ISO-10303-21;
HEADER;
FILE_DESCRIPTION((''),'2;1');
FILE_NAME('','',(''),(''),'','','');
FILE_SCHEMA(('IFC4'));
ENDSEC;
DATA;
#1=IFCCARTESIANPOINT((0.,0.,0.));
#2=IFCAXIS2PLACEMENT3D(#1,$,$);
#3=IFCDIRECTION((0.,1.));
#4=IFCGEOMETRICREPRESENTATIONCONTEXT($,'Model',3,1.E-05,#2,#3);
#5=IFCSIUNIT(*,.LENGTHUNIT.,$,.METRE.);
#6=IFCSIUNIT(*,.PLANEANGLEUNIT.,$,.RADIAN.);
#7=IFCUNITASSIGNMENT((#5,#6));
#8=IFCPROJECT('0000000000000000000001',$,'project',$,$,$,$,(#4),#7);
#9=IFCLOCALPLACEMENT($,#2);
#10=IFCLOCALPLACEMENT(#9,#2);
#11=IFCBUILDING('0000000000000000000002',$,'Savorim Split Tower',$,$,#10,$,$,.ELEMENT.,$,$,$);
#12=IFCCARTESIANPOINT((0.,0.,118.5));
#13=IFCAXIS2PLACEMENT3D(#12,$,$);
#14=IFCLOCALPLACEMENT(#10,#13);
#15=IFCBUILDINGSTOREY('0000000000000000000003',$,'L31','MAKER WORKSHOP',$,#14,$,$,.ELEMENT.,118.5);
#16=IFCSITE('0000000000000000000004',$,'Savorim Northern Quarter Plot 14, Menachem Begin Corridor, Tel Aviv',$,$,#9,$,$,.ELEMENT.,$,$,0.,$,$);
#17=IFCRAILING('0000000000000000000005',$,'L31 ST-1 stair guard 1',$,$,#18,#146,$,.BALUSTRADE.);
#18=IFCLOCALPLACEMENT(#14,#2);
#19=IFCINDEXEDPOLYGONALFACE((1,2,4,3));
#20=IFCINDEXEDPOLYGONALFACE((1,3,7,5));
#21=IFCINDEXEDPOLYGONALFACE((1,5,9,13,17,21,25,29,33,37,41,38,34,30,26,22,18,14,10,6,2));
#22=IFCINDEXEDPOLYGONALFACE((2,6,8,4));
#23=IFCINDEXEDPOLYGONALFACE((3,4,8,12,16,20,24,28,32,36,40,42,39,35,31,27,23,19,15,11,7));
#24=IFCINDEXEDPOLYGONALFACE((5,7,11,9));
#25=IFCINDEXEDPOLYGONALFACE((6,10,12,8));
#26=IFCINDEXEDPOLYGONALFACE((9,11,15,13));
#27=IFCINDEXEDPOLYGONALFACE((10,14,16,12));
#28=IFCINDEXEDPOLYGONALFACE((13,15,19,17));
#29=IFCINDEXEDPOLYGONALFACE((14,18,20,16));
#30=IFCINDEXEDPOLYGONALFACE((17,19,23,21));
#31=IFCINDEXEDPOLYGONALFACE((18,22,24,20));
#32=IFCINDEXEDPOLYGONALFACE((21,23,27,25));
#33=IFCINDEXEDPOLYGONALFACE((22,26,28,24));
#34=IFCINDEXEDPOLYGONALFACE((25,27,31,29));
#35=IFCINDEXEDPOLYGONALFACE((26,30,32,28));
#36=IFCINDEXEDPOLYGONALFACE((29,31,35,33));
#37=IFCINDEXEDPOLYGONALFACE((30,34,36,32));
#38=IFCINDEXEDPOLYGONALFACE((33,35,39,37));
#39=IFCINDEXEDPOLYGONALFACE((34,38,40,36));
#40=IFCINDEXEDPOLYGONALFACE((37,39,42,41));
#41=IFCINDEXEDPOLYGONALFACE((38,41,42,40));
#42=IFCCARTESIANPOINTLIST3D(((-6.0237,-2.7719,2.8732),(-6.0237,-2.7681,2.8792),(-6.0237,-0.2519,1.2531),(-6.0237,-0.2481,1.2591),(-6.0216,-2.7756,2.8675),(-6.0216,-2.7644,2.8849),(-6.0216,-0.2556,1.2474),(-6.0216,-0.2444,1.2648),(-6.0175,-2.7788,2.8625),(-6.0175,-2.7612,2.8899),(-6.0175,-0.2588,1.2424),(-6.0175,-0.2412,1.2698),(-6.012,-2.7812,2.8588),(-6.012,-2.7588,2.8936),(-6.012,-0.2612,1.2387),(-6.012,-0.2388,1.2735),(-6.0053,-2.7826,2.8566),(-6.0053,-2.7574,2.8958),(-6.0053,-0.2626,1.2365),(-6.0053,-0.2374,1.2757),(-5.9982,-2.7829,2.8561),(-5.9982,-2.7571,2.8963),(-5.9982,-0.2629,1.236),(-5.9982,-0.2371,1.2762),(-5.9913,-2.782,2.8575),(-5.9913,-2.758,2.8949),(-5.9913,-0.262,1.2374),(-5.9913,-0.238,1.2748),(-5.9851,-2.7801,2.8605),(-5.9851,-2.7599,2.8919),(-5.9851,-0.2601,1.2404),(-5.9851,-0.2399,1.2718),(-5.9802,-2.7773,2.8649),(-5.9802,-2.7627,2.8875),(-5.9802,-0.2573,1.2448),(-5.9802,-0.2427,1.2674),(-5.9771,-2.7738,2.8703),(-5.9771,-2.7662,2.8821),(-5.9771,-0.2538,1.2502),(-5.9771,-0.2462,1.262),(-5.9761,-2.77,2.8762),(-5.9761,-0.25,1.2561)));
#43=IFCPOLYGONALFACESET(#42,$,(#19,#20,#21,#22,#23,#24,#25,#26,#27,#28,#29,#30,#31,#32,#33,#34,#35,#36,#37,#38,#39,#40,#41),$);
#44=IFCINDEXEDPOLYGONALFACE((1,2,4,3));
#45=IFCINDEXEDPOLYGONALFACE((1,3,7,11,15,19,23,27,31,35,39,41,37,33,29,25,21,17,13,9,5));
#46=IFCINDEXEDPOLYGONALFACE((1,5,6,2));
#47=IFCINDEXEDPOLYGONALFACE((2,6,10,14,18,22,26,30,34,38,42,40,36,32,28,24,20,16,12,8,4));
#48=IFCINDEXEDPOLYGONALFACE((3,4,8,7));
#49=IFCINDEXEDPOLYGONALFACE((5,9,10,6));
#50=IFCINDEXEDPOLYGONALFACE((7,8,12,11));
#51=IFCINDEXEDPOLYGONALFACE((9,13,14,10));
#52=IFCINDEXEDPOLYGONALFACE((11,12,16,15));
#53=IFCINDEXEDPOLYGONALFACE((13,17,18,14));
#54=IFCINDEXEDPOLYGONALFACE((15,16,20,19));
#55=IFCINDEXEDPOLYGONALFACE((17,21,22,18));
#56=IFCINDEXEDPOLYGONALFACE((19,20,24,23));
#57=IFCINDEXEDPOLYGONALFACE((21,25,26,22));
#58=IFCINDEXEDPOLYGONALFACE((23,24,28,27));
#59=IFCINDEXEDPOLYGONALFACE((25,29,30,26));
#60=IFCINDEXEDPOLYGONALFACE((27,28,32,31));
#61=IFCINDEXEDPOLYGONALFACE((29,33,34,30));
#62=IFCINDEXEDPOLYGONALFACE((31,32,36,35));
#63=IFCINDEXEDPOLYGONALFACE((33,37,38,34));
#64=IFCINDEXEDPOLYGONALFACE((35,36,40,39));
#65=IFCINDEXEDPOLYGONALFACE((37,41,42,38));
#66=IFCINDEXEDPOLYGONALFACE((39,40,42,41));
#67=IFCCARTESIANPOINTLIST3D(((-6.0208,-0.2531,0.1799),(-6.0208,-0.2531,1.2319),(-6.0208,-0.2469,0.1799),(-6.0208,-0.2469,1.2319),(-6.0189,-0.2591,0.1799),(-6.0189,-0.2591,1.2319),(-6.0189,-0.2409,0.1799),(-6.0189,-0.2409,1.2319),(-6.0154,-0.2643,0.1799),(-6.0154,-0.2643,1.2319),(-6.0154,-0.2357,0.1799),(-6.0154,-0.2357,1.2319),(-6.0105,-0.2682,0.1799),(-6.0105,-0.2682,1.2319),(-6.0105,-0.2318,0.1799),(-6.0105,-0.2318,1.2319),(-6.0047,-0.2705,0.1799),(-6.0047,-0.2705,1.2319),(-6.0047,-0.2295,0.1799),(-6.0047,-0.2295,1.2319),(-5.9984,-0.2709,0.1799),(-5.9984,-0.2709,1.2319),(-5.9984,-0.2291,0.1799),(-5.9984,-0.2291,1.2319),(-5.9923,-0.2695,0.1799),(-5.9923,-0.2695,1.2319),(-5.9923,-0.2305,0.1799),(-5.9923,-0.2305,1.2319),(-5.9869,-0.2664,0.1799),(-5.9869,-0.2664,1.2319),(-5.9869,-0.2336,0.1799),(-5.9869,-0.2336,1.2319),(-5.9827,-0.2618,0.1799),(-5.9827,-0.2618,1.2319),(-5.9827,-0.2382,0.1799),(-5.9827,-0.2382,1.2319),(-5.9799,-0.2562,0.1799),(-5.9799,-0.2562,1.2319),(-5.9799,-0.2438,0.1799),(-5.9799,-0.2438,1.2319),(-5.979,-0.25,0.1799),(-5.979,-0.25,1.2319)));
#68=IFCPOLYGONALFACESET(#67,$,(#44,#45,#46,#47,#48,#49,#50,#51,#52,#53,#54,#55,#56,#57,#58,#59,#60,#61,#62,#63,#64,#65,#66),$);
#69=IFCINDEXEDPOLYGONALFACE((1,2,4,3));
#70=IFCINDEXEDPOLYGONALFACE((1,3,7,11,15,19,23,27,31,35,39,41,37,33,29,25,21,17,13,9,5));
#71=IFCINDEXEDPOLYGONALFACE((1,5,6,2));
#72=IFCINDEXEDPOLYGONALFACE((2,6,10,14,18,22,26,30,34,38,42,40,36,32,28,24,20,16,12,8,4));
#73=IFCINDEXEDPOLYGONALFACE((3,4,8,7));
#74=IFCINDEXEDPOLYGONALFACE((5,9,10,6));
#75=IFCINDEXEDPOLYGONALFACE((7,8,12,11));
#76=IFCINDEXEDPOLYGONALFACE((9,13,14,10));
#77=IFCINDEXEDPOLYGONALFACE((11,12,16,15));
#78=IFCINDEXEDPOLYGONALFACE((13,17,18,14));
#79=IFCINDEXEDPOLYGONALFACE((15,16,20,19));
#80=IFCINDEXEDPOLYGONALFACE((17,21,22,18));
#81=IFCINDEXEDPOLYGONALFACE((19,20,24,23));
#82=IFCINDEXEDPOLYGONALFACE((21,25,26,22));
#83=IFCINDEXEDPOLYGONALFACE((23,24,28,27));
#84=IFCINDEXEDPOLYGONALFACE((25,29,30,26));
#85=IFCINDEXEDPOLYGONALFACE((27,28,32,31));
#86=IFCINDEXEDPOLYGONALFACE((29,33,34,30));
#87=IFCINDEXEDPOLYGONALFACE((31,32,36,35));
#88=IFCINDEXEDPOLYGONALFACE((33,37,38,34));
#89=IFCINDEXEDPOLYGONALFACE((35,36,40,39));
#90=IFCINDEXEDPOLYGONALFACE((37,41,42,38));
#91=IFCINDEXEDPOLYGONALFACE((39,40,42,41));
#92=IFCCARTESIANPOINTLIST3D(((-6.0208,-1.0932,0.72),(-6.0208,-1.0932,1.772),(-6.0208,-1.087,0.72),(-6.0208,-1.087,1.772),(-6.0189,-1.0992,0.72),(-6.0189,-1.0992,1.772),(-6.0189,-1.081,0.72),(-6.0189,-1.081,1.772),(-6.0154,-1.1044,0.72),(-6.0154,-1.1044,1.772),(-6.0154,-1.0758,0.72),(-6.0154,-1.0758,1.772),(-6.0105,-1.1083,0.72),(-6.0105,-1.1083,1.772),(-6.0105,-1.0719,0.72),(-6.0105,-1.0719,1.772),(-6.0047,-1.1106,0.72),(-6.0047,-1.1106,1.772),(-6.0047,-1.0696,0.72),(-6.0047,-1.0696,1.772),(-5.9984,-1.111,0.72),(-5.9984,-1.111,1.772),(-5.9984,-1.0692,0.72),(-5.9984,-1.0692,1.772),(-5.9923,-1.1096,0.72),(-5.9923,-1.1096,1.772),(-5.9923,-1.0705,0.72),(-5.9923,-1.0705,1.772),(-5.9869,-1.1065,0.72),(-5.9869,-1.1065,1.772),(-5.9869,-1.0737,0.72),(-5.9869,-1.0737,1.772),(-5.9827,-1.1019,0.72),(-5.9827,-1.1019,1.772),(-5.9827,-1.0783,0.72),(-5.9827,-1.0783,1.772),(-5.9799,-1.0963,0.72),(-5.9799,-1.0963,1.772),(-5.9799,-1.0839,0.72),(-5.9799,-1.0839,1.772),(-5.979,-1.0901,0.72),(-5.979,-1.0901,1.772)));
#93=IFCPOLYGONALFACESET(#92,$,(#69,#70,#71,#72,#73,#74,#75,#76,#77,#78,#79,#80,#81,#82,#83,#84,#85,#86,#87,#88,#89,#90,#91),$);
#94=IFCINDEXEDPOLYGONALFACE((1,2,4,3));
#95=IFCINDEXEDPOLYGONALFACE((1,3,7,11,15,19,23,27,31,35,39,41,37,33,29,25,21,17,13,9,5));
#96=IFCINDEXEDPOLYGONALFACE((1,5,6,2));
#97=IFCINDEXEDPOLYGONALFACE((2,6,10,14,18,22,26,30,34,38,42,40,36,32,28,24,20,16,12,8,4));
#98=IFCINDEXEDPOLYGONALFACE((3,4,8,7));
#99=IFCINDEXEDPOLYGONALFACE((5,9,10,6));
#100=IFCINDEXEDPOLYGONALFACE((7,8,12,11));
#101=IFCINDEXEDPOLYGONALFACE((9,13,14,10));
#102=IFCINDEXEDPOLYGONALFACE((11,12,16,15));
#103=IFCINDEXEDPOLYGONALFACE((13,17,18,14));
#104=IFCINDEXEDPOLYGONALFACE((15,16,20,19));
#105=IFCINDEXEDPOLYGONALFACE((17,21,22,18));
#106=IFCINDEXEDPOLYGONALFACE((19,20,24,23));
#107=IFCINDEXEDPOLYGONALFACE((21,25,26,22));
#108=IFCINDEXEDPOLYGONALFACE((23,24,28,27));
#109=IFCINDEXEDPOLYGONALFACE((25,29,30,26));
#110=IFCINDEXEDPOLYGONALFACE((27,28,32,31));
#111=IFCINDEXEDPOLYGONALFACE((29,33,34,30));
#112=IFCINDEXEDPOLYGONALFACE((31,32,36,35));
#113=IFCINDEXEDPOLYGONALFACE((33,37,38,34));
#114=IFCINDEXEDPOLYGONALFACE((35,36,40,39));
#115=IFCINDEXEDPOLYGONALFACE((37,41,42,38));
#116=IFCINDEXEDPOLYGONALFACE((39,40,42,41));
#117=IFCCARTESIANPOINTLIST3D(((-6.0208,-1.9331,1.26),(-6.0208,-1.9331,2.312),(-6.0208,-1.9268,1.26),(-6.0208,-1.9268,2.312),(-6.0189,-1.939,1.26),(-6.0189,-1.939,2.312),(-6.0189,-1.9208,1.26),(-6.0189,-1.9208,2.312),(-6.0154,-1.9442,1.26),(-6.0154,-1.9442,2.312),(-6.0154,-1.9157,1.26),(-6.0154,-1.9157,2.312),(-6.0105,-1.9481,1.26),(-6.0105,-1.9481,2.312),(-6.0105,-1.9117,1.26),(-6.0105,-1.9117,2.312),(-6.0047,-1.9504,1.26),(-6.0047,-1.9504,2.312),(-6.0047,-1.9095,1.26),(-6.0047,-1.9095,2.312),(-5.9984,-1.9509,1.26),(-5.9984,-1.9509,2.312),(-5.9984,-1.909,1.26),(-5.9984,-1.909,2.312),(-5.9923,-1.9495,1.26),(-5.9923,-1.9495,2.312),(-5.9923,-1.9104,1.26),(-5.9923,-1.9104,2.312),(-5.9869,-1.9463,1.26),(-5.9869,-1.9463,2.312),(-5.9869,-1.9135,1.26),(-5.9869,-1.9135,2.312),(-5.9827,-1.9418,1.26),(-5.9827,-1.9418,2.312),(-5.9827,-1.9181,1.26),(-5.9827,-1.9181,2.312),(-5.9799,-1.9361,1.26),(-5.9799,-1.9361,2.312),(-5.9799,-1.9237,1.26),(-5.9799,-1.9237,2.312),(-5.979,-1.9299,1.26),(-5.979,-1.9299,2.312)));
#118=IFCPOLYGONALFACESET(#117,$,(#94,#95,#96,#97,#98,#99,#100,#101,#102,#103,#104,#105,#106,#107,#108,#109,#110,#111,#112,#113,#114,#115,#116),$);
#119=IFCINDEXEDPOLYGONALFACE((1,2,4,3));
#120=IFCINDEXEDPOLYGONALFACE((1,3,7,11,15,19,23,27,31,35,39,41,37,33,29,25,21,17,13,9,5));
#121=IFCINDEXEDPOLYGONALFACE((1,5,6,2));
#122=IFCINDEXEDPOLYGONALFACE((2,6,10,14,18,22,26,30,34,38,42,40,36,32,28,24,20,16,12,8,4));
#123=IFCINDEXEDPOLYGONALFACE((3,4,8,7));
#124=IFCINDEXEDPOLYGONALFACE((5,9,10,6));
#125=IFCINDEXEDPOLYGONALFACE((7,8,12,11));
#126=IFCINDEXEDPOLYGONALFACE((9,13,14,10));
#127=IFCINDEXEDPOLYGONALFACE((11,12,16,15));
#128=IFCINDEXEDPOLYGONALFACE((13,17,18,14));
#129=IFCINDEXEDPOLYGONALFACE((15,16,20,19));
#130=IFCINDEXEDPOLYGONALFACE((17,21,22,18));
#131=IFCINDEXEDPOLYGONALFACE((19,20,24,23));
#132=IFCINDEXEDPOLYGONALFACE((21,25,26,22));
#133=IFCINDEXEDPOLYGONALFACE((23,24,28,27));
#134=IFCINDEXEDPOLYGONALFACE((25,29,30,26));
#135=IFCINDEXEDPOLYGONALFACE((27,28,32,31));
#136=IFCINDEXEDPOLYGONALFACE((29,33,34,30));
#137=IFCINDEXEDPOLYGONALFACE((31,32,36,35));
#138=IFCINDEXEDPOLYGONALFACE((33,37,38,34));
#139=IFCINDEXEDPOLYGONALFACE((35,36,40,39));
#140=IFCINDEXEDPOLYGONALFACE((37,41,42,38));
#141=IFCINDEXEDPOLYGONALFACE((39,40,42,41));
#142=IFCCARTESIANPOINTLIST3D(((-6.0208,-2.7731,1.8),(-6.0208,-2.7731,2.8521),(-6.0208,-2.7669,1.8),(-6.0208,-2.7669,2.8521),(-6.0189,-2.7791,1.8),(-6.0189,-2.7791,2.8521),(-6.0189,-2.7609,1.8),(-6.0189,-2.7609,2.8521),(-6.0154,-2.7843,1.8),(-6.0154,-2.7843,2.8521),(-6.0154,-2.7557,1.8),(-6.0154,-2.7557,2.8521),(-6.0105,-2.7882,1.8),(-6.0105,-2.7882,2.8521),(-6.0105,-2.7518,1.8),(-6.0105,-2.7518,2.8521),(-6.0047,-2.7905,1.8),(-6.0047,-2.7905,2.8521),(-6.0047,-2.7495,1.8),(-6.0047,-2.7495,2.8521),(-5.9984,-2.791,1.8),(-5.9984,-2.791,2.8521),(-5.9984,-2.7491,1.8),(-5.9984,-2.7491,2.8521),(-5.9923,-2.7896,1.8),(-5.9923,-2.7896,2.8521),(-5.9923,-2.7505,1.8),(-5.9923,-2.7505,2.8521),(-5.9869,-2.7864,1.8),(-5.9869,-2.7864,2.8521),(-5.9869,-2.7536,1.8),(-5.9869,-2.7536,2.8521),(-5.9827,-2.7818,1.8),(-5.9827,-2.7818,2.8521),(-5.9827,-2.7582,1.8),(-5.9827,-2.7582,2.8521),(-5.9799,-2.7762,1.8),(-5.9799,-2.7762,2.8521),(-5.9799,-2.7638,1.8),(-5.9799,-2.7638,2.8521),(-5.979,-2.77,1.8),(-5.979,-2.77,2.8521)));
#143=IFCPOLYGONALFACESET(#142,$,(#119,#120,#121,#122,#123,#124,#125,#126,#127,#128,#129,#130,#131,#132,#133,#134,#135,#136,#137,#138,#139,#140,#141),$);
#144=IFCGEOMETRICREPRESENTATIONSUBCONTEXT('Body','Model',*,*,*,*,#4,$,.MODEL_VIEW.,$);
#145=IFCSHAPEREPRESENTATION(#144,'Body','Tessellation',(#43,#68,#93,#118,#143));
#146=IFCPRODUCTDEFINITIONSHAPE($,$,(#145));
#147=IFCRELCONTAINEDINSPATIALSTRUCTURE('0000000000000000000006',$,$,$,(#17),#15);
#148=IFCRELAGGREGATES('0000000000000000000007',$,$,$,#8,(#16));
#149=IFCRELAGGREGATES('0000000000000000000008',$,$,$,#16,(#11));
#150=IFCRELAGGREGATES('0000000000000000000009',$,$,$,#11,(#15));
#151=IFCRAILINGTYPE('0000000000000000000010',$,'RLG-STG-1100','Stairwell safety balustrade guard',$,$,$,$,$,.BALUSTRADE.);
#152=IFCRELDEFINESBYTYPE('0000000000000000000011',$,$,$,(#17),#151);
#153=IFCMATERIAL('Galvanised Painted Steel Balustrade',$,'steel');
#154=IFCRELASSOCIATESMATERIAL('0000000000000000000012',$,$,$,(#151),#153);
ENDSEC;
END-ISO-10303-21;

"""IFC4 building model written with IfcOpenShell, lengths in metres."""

from ifc_helpers import new_model, si_unit, direction, frame, origin, origin_2d, place, context, subcontext, project, spatial, circle, extrude, material, type_object, element, save


model = new_model("IFC4")

# Units and contexts
model_context = context("Model", 3, precision=1e-05, world=origin(), true_north=direction((0.0, 1.0)))
body_context = subcontext(model_context, "Body", "Model", "MODEL_VIEW")
ifc_project = project(units=[si_unit("LENGTHUNIT", "METRE"), si_unit("PLANEANGLEUNIT", "RADIAN")], contexts=[model_context])

# Site, building, storey
site_placement = place(None, origin())
site = spatial("IfcSite", under=ifc_project, at=site_placement, Name="Savorim Northern Quarter Plot 14, Menachem Begin Corridor, Tel Aviv", CompositionType="ELEMENT", RefElevation=0.0)
building_placement = place(site_placement, origin())
building = spatial("IfcBuilding", under=site, at=building_placement, Name="Savorim Split Tower", CompositionType="ELEMENT")
storey_placement = place(building_placement, frame((0.0, 0.0, 118.5)))
storey = spatial("IfcBuildingStorey", under=building, at=storey_placement, Name="L31", Description="MAKER WORKSHOP", CompositionType="ELEMENT", Elevation=118.5)

# Railing
ifc_material_1 = material(Name="Galvanised Painted Steel Balustrade", Category="steel")
railing_type_1 = type_object("IfcRailingType", Name="RLG-STG-1100", Description="Stairwell safety balustrade guard", PredefinedType="BALUSTRADE", material=ifc_material_1)
railing_1_placement = place(storey_placement, frame((-6.0, -0.25, 0.1799)))
element("IfcRailing", 1, at=railing_1_placement, inside=storey, type_object=railing_type_1, Name="L31 ST-1 stair guard 1", PredefinedType="BALUSTRADE", context=body_context, shape_type="SweptSolid", body=[
    extrude(circle(Radius=0.0239, at=origin_2d()), frame((0.0, 0.0, 1.0762), z_axis=(0.0, -0.841163, 0.540782), x_axis=(1.0, 0.0, 0.0)), (0.0, 0.0, 1.0), 2.9958),
    extrude(circle(Radius=0.021, at=origin_2d()), origin(), (0.0, 0.0, 1.0), 1.052),
    extrude(circle(Radius=0.021, at=origin_2d()), frame((0.0, -0.8401, 0.54)), (0.0, 0.0, 1.0), 1.052),
    extrude(circle(Radius=0.021, at=origin_2d()), frame((0.0, -1.6799, 1.0801)), (0.0, 0.0, 1.0), 1.052),
    extrude(circle(Radius=0.021, at=origin_2d()), frame((0.0, -2.52, 1.6201)), (0.0, 0.0, 1.0), 1.052),
])

save(model, "model.ifc")
